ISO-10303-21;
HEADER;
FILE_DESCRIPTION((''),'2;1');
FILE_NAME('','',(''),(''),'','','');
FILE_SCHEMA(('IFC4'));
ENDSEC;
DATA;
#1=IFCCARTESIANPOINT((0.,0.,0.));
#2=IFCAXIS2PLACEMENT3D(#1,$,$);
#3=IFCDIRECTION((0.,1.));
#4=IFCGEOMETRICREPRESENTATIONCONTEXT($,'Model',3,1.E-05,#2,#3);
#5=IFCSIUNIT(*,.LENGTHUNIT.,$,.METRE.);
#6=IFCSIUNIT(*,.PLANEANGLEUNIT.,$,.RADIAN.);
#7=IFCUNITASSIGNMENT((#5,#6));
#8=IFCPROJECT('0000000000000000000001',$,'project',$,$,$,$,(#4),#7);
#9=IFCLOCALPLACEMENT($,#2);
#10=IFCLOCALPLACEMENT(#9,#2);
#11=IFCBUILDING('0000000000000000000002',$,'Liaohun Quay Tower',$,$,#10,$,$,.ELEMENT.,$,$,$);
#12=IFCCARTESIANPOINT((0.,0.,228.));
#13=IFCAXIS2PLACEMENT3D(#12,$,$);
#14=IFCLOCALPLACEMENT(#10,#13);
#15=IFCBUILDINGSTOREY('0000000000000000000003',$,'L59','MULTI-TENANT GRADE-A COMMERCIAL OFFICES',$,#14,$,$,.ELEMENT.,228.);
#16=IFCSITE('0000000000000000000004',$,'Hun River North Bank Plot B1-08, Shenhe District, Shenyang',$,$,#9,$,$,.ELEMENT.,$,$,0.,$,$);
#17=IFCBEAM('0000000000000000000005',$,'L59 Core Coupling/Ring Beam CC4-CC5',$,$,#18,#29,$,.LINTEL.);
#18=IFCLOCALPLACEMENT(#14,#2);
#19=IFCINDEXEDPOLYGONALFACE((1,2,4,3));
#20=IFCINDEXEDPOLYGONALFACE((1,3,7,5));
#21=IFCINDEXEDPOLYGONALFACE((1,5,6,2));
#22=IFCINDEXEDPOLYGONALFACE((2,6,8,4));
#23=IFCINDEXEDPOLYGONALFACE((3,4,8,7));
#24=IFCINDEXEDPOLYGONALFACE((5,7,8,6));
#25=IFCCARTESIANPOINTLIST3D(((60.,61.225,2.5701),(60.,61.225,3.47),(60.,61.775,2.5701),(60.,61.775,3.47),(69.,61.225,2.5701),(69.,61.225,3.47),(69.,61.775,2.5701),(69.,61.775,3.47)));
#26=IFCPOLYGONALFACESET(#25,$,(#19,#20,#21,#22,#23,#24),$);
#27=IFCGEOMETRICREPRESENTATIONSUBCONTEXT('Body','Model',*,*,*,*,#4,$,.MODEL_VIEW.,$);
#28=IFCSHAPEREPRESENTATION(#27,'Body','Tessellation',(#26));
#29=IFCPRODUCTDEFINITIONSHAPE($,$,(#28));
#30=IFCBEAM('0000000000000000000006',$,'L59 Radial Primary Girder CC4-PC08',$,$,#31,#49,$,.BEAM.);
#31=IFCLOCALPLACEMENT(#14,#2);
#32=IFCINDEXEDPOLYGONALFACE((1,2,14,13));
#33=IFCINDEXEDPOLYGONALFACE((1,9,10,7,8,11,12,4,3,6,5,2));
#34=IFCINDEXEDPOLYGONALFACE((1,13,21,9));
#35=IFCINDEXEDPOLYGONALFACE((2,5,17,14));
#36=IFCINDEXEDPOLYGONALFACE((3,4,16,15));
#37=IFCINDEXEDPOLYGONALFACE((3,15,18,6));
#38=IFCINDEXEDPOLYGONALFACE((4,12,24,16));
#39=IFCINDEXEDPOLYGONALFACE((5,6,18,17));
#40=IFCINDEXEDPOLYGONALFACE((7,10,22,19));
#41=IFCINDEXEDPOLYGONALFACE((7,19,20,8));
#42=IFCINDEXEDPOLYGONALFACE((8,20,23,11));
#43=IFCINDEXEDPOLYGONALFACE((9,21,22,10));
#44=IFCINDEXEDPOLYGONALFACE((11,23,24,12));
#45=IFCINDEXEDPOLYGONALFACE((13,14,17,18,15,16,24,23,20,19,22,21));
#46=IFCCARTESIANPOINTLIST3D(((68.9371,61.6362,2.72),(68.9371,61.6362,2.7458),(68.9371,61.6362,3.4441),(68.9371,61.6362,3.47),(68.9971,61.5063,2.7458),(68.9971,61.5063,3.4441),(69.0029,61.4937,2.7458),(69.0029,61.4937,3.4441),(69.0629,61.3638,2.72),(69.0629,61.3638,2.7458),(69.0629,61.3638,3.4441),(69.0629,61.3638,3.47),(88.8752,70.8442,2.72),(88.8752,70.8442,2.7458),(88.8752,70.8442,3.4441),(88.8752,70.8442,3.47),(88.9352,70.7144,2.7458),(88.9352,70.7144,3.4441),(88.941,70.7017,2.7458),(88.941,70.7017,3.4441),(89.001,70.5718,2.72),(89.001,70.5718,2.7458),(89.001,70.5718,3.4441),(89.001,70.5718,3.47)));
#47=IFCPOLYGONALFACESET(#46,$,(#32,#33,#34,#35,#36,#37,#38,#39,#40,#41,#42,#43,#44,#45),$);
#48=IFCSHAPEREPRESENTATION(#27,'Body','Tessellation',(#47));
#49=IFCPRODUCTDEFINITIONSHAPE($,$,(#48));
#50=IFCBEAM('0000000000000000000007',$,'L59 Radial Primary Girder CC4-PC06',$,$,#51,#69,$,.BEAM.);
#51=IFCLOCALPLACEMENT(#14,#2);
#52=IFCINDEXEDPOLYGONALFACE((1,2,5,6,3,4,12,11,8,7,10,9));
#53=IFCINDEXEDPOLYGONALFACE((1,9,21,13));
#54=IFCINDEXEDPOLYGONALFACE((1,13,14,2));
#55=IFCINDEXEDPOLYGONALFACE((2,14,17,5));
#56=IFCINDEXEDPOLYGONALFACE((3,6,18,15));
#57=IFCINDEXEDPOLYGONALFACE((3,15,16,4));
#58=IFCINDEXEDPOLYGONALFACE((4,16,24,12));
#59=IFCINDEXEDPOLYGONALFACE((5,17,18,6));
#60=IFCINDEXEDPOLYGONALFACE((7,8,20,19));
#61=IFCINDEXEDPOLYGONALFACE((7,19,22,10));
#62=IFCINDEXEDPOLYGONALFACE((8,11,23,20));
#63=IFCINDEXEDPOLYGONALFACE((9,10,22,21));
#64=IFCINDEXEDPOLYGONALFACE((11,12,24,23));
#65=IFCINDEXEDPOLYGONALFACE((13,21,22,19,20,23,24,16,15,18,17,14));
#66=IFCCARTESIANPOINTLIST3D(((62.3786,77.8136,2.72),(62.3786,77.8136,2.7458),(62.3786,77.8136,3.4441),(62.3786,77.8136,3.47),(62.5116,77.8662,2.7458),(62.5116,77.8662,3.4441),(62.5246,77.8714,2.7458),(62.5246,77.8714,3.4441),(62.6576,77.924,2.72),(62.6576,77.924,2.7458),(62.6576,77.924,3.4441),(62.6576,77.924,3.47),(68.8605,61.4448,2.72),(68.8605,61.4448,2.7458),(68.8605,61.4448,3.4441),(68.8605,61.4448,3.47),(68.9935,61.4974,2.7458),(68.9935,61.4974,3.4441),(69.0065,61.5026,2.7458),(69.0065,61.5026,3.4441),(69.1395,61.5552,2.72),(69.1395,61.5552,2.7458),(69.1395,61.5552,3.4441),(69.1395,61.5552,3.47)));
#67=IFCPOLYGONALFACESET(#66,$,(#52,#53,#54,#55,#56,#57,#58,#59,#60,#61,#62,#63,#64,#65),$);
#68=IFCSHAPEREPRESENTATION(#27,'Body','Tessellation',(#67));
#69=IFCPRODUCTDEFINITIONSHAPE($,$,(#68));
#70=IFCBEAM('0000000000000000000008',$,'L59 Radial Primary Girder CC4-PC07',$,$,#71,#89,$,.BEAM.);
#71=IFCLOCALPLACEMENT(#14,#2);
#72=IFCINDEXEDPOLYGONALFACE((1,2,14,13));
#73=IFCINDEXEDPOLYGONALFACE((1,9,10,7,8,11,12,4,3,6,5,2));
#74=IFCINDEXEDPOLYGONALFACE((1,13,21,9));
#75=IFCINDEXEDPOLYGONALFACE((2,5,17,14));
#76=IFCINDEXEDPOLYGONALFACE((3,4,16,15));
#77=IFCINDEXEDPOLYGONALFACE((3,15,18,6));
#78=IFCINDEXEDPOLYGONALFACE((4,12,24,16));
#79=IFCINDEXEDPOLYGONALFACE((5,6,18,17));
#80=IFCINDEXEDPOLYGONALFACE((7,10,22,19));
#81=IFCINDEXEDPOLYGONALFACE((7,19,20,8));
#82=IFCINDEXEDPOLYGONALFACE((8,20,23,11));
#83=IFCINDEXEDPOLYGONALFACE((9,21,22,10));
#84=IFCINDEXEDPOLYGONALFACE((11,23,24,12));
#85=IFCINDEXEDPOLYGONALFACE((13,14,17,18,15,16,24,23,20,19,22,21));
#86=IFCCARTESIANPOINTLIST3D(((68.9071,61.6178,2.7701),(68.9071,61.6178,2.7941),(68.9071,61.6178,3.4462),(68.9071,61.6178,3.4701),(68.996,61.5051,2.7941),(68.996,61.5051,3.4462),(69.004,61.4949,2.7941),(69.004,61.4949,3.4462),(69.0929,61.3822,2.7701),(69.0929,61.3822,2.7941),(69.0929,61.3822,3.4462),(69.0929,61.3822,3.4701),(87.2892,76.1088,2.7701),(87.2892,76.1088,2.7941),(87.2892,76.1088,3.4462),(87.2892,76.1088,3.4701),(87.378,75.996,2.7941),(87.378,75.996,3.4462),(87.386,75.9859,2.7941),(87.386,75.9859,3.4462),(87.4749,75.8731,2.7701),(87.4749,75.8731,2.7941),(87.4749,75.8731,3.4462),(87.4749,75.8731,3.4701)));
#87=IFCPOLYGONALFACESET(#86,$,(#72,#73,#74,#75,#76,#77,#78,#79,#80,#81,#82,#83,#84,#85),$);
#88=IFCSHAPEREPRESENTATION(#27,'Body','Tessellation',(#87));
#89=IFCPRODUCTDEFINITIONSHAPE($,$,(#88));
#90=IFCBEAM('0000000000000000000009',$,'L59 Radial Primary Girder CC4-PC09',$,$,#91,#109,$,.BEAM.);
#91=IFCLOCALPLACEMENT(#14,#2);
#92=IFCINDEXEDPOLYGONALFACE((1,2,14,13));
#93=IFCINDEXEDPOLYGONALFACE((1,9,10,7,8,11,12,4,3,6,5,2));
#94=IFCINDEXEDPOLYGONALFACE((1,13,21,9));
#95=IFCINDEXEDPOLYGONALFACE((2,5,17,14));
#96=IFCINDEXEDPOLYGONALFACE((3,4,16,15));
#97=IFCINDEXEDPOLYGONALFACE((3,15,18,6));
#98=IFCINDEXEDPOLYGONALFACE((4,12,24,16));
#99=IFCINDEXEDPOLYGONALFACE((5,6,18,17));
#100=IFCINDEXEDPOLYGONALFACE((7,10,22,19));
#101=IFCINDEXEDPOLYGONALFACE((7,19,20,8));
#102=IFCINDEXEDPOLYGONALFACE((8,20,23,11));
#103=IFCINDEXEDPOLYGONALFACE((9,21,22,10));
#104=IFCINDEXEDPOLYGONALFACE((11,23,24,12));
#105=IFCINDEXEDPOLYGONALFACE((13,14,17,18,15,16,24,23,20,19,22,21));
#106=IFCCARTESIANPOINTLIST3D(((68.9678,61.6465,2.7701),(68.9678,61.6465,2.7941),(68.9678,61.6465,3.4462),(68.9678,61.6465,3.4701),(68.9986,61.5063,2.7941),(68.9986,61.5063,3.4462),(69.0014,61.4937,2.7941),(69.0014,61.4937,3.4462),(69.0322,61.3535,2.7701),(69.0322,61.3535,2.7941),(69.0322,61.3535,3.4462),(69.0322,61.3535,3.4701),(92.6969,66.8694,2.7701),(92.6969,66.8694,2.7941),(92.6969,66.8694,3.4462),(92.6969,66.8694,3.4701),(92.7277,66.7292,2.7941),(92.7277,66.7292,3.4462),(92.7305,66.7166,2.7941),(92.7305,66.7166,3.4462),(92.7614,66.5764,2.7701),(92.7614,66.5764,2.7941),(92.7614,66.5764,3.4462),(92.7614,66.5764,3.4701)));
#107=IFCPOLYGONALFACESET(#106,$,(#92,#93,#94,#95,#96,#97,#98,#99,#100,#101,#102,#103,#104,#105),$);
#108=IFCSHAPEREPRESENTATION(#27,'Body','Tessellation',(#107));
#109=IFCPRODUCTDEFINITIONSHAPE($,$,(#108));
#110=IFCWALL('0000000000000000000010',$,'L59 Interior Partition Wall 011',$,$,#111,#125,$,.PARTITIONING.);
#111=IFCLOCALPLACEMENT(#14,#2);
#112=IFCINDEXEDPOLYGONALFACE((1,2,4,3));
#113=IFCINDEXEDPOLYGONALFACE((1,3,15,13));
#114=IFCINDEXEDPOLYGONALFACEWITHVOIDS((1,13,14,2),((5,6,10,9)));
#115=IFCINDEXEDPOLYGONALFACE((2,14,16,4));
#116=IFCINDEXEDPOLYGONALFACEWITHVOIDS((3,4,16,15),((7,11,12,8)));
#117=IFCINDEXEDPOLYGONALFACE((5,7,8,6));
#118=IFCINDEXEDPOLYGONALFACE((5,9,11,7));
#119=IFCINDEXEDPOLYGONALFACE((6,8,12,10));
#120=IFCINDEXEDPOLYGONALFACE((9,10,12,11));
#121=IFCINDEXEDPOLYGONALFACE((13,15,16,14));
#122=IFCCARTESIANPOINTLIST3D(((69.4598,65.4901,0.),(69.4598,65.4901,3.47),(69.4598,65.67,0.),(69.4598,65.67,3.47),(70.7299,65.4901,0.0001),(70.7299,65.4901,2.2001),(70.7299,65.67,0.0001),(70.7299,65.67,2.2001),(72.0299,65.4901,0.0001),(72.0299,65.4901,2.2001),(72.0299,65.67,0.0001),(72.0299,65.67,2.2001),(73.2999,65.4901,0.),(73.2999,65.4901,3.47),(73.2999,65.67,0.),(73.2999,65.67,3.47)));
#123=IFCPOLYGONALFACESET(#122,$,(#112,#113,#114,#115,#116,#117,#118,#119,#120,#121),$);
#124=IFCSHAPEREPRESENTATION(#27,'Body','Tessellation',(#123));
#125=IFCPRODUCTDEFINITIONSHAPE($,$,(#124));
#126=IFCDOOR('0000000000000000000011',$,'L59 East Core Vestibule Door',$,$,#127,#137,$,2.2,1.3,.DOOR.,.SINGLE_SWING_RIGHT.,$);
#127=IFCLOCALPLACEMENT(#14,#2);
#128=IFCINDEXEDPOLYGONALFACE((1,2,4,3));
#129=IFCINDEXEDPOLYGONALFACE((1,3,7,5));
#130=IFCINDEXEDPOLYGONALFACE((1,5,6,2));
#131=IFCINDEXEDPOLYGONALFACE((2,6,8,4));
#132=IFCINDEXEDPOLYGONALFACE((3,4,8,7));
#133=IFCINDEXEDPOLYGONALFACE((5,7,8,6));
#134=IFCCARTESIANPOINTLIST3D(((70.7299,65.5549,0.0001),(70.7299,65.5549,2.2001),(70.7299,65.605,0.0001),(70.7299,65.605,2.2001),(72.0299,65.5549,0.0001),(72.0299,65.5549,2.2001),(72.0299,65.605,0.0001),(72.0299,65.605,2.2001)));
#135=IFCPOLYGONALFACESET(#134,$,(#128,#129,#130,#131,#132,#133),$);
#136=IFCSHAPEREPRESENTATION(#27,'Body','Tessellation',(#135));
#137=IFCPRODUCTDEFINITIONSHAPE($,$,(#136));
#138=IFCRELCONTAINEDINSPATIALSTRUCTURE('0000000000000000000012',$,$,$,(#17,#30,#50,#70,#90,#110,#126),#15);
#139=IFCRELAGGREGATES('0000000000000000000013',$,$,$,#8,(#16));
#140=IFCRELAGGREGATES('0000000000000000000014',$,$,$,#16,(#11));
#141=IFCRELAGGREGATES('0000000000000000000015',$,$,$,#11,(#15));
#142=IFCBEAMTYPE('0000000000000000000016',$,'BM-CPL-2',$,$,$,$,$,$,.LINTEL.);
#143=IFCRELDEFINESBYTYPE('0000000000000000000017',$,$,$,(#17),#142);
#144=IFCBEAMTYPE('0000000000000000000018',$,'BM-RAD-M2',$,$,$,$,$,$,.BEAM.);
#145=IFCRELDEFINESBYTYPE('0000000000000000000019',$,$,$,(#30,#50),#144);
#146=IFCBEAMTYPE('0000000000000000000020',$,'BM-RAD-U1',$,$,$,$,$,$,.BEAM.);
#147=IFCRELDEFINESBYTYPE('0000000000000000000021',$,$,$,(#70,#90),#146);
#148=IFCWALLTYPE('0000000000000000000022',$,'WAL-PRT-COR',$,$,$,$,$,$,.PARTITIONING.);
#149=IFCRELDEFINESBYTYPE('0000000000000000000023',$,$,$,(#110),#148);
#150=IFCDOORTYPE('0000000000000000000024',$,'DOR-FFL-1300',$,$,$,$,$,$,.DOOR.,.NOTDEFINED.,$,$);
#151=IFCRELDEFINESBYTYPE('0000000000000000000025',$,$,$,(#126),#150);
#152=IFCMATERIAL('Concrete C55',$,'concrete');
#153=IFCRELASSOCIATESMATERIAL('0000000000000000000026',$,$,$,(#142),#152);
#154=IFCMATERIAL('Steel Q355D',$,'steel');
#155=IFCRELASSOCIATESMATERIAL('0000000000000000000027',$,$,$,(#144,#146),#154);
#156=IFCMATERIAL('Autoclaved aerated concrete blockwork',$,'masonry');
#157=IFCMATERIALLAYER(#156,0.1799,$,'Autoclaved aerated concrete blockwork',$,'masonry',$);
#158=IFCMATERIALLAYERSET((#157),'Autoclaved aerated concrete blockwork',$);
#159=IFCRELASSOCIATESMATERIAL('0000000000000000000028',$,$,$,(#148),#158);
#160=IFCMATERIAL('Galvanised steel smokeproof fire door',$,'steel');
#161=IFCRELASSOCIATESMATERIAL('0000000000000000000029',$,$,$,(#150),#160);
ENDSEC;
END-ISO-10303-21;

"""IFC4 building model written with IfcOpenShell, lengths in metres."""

from ifc_helpers import new_model, si_unit, direction, frame, frame_2d, origin, origin_2d, place, context, subcontext, project, spatial, rectangle, i_section, extrude, source, transform, mapped, material, layer, layer_set, material_profile, profile_set, type_object, element, fill, save


model = new_model("IFC4")

# Units and contexts
model_context = context("Model", 3, precision=1e-05, world=origin(), true_north=direction((0.0, 1.0)))
body_context = subcontext(model_context, "Body", "Model", "MODEL_VIEW")
ifc_project = project(units=[si_unit("LENGTHUNIT", "METRE"), si_unit("PLANEANGLEUNIT", "RADIAN")], contexts=[model_context])

# Site, building, storey
site_placement = place(None, origin())
site = spatial("IfcSite", under=ifc_project, at=site_placement, Name="Hun River North Bank Plot B1-08, Shenhe District, Shenyang", CompositionType="ELEMENT", RefElevation=0.0)
building_placement = place(site_placement, origin())
building = spatial("IfcBuilding", under=site, at=building_placement, Name="Liaohun Quay Tower", CompositionType="ELEMENT")
storey_placement = place(building_placement, frame((0.0, 0.0, 228.0)))
storey = spatial("IfcBuildingStorey", under=building, at=storey_placement, Name="L59", Description="MULTI-TENANT GRADE-A COMMERCIAL OFFICES", CompositionType="ELEMENT", Elevation=228.0)

# Beams
ifc_material_1 = material(Name="Concrete C55", Category="concrete")
ifc_material_profile_1 = material_profile(ifc_material_1, rectangle(XDim=0.55, YDim=0.8999, at=origin_2d()), Name="RC550x900")
ifc_profile_set_1 = profile_set([ifc_material_profile_1], Name="Concrete C55")
beam_type_1 = type_object("IfcBeamType", Name="BM-CPL-2", PredefinedType="LINTEL", material=ifc_profile_set_1)
shared_shape_1 = source(origin(), body_context, "Body", "SweptSolid", [
    extrude(rectangle(XDim=0.55, YDim=0.8999, at=origin_2d()), origin(), (0.0, 0.0, 1.0), 9.0),
])
beam_1_placement = place(storey_placement, frame((69.0, 61.5, 3.02), z_axis=(-1.0, 0.0, 0.0), x_axis=(0.0, -1.0, 0.0)))
element("IfcBeam", 1, at=beam_1_placement, inside=storey, type_object=beam_type_1, Name="L59 Core Coupling/Ring Beam CC4-CC5", PredefinedType="LINTEL", context=body_context, shape_type="MappedRepresentation", body=[
    mapped(shared_shape_1, transform((0.0, 0.0, 0.0), x_axis=(1.0, 0.0, 0.0), y_axis=(0.0, 1.0, 0.0), z_axis=(0.0, 0.0, 1.0), scale=1.0)),
])
ifc_material_2 = material(Name="Steel Q355D", Category="steel")
ifc_material_profile_2 = material_profile(ifc_material_2, i_section(OverallWidth=0.3, OverallDepth=0.75, WebThickness=0.0139, FlangeThickness=0.0259, at=origin_2d()), Name="HN750x300x14x26")
ifc_profile_set_2 = profile_set([ifc_material_profile_2], Name="Steel Q355D")
beam_type_2 = type_object("IfcBeamType", Name="BM-RAD-M2", PredefinedType="BEAM", material=ifc_profile_set_2)
shared_shape_2 = source(origin(), body_context, "Body", "SweptSolid", [
    extrude(i_section(OverallWidth=0.3, OverallDepth=0.75, WebThickness=0.0139, FlangeThickness=0.0259, at=origin_2d()), origin(), (0.0, 0.0, 1.0), 21.9617),
])
beam_2_placement = place(storey_placement, frame((69.0, 61.5, 3.095), z_axis=(0.907858, 0.419278, 0.0), x_axis=(-0.419278, 0.907858, 0.0)))
element("IfcBeam", 2, at=beam_2_placement, inside=storey, type_object=beam_type_2, Name="L59 Radial Primary Girder CC4-PC08", PredefinedType="BEAM", context=body_context, shape_type="MappedRepresentation", body=[
    mapped(shared_shape_2, transform((0.0, 0.0, 0.0), x_axis=(1.0, 0.0, 0.0), y_axis=(0.0, 1.0, 0.0), z_axis=(0.0, 0.0, 1.0), scale=1.0)),
])
shared_shape_3 = source(origin(), body_context, "Body", "SweptSolid", [
    extrude(i_section(OverallWidth=0.3, OverallDepth=0.75, WebThickness=0.0139, FlangeThickness=0.0259, at=origin_2d()), origin(), (0.0, 0.0, 1.0), 17.6055),
])
beam_3_placement = place(storey_placement, frame((69.0, 61.5, 3.095), z_axis=(-0.368175, 0.929756, 0.0), x_axis=(-0.929756, -0.368175, 0.0)))
element("IfcBeam", 3, at=beam_3_placement, inside=storey, type_object=beam_type_2, Name="L59 Radial Primary Girder CC4-PC06", PredefinedType="BEAM", context=body_context, shape_type="MappedRepresentation", body=[
    mapped(shared_shape_3, transform((0.0, 0.0, 0.0), x_axis=(1.0, 0.0, 0.0), y_axis=(0.0, 1.0, 0.0), z_axis=(0.0, 0.0, 1.0), scale=1.0)),
])
ifc_material_profile_3 = material_profile(ifc_material_2, i_section(OverallWidth=0.3, OverallDepth=0.7, WebThickness=0.0129, FlangeThickness=0.0239, at=origin_2d()), Name="HN700x300x13x24")
ifc_profile_set_3 = profile_set([ifc_material_profile_3], Name="Steel Q355D")
beam_type_3 = type_object("IfcBeamType", Name="BM-RAD-U1", PredefinedType="BEAM", material=ifc_profile_set_3)
shared_shape_4 = source(origin(), body_context, "Body", "SweptSolid", [
    extrude(i_section(OverallWidth=0.3, OverallDepth=0.7, WebThickness=0.0129, FlangeThickness=0.0239, at=origin_2d()), origin(), (0.0, 0.0, 1.0), 23.407),
])
beam_4_placement = place(storey_placement, frame((69.0, 61.5, 3.1201), z_axis=(0.785323, 0.619086, 0.0), x_axis=(-0.619086, 0.785323, 0.0)))
element("IfcBeam", 4, at=beam_4_placement, inside=storey, type_object=beam_type_3, Name="L59 Radial Primary Girder CC4-PC07", PredefinedType="BEAM", context=body_context, shape_type="MappedRepresentation", body=[
    mapped(shared_shape_4, transform((0.0, 0.0, 0.0), x_axis=(1.0, 0.0, 0.0), y_axis=(0.0, 1.0, 0.0), z_axis=(0.0, 0.0, 1.0), scale=1.0)),
])
shared_shape_5 = source(origin(), body_context, "Body", "SweptSolid", [
    extrude(i_section(OverallWidth=0.3, OverallDepth=0.7, WebThickness=0.0129, FlangeThickness=0.0239, at=origin_2d()), origin(), (0.0, 0.0, 1.0), 24.2971),
])
beam_5_placement = place(storey_placement, frame((69.0, 61.5, 3.1201), z_axis=(0.976623, 0.214961, 0.0), x_axis=(-0.214961, 0.976623, 0.0)))
element("IfcBeam", 5, at=beam_5_placement, inside=storey, type_object=beam_type_3, Name="L59 Radial Primary Girder CC4-PC09", PredefinedType="BEAM", context=body_context, shape_type="MappedRepresentation", body=[
    mapped(shared_shape_5, transform((0.0, 0.0, 0.0), x_axis=(1.0, 0.0, 0.0), y_axis=(0.0, 1.0, 0.0), z_axis=(0.0, 0.0, 1.0), scale=1.0)),
])

# Wall, opening, door
ifc_material_3 = material(Name="Autoclaved aerated concrete blockwork", Category="masonry")
ifc_layer_1 = layer(ifc_material_3, 0.1799, Name="Autoclaved aerated concrete blockwork", Category="masonry")
ifc_layer_set_1 = layer_set([ifc_layer_1], Name="Autoclaved aerated concrete blockwork")
wall_type_1 = type_object("IfcWallType", Name="WAL-PRT-COR", PredefinedType="PARTITIONING", material=ifc_layer_set_1)
wall_1_placement = place(storey_placement, frame((69.46, 65.5801, 0.0), z_axis=(0.0, 0.0, 1.0), x_axis=(1.0, 0.0, 0.0)))
wall_1 = element("IfcWall", 6, at=wall_1_placement, inside=storey, type_object=wall_type_1, Name="L59 Interior Partition Wall 011", PredefinedType="PARTITIONING", context=body_context, shape_type="SweptSolid", body=[
    extrude(rectangle(XDim=3.8401, YDim=0.1799, at=frame_2d((1.9199, 0.0))), origin(), (0.0, 0.0, 1.0), 3.47),
])
shared_shape_6 = source(origin(), body_context, "Body", "SweptSolid", [
    extrude(rectangle(XDim=1.3, YDim=2.2, at=frame_2d((0.6499, 1.1001))), frame((0.0, 0.0999, 0.0), z_axis=(0.0, -1.0, 0.0), x_axis=(1.0, 0.0, 0.0)), (0.0, 0.0, 1.0), 0.2),
])
opening_1_placement = place(wall_1_placement, frame((1.27, 0.0, 0.0)))
opening_1 = element("IfcOpeningElement", 7, at=opening_1_placement, cuts=wall_1, PredefinedType="OPENING", context=body_context, shape_type="MappedRepresentation", body=[
    mapped(shared_shape_6, transform((0.0, 0.0, 0.0), x_axis=(1.0, 0.0, 0.0), y_axis=(0.0, 1.0, 0.0), z_axis=(0.0, 0.0, 1.0), scale=1.0)),
])
ifc_material_4 = material(Name="Galvanised steel smokeproof fire door", Category="steel")
door_type_1 = type_object("IfcDoorType", Name="DOR-FFL-1300", OperationType="NOTDEFINED", PredefinedType="DOOR", material=ifc_material_4)
shared_shape_7 = source(origin(), body_context, "Body", "SweptSolid", [
    extrude(rectangle(XDim=1.3, YDim=2.2, at=frame_2d((0.6499, 1.1001))), frame((0.0, 0.0249, 0.0), z_axis=(0.0, -1.0, 0.0), x_axis=(1.0, 0.0, 0.0)), (0.0, 0.0, 1.0), 0.05),
])
door_1_placement = place(opening_1_placement, origin())
door_1 = element("IfcDoor", 8, at=door_1_placement, inside=storey, type_object=door_type_1, Name="L59 East Core Vestibule Door", OperationType="SINGLE_SWING_RIGHT", OverallHeight=2.2, OverallWidth=1.3, PredefinedType="DOOR", context=body_context, shape_type="MappedRepresentation", body=[
    mapped(shared_shape_7, transform((0.0, 0.0, 0.0), x_axis=(1.0, 0.0, 0.0), y_axis=(0.0, 1.0, 0.0), z_axis=(0.0, 0.0, 1.0), scale=1.0)),
])
fill(opening_1, door_1)

save(model, "model.ifc")
